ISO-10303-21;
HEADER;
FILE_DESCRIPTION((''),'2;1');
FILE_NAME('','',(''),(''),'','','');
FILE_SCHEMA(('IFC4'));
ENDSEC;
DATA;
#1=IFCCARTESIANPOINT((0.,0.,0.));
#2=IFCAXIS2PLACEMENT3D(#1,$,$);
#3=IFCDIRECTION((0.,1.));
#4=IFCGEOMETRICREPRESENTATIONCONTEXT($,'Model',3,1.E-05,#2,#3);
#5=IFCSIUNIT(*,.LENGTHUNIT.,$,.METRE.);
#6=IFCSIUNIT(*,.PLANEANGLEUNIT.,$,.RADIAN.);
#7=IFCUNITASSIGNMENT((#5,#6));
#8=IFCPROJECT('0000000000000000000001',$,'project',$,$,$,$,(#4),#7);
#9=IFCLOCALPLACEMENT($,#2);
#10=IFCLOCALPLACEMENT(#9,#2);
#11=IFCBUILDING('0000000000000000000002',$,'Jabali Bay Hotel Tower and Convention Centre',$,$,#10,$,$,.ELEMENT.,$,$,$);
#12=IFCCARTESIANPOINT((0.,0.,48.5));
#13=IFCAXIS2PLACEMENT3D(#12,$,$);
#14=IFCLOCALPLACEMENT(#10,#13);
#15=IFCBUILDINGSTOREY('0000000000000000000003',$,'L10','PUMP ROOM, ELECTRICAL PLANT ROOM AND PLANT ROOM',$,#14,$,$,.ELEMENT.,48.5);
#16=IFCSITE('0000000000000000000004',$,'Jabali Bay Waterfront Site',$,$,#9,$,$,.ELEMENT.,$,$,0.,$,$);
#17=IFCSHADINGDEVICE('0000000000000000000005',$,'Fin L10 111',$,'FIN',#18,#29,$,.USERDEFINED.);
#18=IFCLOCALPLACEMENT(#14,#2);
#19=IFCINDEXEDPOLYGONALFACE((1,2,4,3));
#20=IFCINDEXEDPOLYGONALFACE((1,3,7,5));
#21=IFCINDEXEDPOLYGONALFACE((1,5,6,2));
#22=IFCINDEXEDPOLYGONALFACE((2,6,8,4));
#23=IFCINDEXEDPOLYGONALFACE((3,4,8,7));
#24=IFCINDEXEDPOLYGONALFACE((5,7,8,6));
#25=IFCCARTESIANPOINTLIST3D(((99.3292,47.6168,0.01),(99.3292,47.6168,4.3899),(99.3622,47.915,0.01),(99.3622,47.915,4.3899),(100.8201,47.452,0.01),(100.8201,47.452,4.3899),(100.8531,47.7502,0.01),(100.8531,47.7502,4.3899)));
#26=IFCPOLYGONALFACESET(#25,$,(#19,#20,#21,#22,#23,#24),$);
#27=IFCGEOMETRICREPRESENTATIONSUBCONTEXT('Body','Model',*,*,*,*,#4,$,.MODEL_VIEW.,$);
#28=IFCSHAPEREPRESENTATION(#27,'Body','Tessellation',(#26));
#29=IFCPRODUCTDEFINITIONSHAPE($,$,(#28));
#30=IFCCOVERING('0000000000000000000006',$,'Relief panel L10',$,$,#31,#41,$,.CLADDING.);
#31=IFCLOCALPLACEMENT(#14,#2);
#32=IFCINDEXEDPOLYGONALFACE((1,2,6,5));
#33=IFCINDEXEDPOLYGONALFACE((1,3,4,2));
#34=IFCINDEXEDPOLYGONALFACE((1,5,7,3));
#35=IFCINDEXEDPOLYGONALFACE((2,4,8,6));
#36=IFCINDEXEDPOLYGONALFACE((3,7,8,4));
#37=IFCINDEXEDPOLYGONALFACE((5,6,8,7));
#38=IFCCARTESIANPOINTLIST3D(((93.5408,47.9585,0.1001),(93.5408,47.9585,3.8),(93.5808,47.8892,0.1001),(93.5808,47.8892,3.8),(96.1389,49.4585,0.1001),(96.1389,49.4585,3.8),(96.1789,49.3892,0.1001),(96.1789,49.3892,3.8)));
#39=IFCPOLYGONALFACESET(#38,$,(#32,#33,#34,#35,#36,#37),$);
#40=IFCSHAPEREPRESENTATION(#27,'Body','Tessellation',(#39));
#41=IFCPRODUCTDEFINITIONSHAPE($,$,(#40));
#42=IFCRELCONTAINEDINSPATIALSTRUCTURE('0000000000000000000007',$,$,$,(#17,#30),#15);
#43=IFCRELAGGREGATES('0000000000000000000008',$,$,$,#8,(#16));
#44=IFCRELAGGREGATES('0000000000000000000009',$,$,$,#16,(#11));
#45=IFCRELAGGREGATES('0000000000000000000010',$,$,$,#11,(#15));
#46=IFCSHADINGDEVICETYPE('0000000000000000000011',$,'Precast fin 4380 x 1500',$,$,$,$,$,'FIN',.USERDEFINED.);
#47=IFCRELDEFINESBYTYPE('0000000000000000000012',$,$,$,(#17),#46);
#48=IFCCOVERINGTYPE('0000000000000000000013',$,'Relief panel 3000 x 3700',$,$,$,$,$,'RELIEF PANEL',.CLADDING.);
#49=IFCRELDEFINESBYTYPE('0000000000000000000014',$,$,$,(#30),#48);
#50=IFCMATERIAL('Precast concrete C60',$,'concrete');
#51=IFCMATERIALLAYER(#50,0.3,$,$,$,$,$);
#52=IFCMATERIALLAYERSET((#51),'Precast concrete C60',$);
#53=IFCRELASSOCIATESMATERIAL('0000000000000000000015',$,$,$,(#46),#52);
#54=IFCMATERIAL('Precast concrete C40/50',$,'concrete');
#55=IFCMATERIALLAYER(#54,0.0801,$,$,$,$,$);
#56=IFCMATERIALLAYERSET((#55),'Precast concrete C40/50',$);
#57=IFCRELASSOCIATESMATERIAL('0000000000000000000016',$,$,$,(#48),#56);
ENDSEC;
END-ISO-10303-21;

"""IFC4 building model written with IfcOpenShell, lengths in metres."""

from ifc_helpers import new_model, si_unit, direction, frame, frame_2d, origin, origin_2d, place, context, subcontext, project, spatial, rectangle, extrude, material, layer, layer_set, type_object, element, save


model = new_model("IFC4")

# Units and contexts
model_context = context("Model", 3, precision=1e-05, world=origin(), true_north=direction((0.0, 1.0)))
body_context = subcontext(model_context, "Body", "Model", "MODEL_VIEW")
ifc_project = project(units=[si_unit("LENGTHUNIT", "METRE"), si_unit("PLANEANGLEUNIT", "RADIAN")], contexts=[model_context])

# Site, building, storey
site_placement = place(None, origin())
site = spatial("IfcSite", under=ifc_project, at=site_placement, Name="Jabali Bay Waterfront Site", CompositionType="ELEMENT", RefElevation=0.0)
building_placement = place(site_placement, origin())
building = spatial("IfcBuilding", under=site, at=building_placement, Name="Jabali Bay Hotel Tower and Convention Centre", CompositionType="ELEMENT")
storey_placement = place(building_placement, frame((0.0, 0.0, 48.5)))
storey = spatial("IfcBuildingStorey", under=building, at=storey_placement, Name="L10", Description="PUMP ROOM, ELECTRICAL PLANT ROOM AND PLANT ROOM", CompositionType="ELEMENT", Elevation=48.5)

# Shading device
ifc_material_1 = material(Name="Precast concrete C60", Category="concrete")
ifc_layer_1 = layer(ifc_material_1, 0.3)
ifc_layer_set_1 = layer_set([ifc_layer_1], Name="Precast concrete C60")
shading_device_type = type_object("IfcShadingDeviceType", Name="Precast fin 4380 x 1500", ElementType="FIN", PredefinedType="USERDEFINED", material=ifc_layer_set_1)
for number, where, z_axis, x_axis, name in (
    (1, (99.3457, 47.7659, 0.01), (0.0, 0.0, 1.0), (0.993947, -0.10986, 0.0), "Fin L10 111"),
):
    element("IfcShadingDevice", number, at=place(storey_placement, frame(where, z_axis=z_axis, x_axis=x_axis)), inside=storey, type_object=shading_device_type, Name=name, ObjectType="FIN", PredefinedType="USERDEFINED", context=body_context, shape_type="SweptSolid", body=[
        extrude(rectangle(XDim=1.5, YDim=0.3, at=frame_2d((0.75, 0.0))), origin(), (0.0, 0.0, 1.0), 4.3799),
    ])

# Covering
ifc_material_2 = material(Name="Precast concrete C40/50", Category="concrete")
ifc_layer_2 = layer(ifc_material_2, 0.0801)
ifc_layer_set_2 = layer_set([ifc_layer_2], Name="Precast concrete C40/50")
covering_type = type_object("IfcCoveringType", Name="Relief panel 3000 x 3700", ElementType="RELIEF PANEL", PredefinedType="CLADDING", material=ifc_layer_set_2)
covering_placement = place(storey_placement, frame((94.8599, 48.6738, 0.1001), z_axis=(0.0, 0.0, 1.0), x_axis=(-0.866025, -0.5, 0.0)))
element("IfcCovering", 2, at=covering_placement, inside=storey, type_object=covering_type, Name="Relief panel L10", PredefinedType="CLADDING", context=body_context, shape_type="SweptSolid", body=[
    extrude(rectangle(XDim=3.0, YDim=0.0801, at=origin_2d()), origin(), (0.0, 0.0, 1.0), 3.7),
])

save(model, "model.ifc")
